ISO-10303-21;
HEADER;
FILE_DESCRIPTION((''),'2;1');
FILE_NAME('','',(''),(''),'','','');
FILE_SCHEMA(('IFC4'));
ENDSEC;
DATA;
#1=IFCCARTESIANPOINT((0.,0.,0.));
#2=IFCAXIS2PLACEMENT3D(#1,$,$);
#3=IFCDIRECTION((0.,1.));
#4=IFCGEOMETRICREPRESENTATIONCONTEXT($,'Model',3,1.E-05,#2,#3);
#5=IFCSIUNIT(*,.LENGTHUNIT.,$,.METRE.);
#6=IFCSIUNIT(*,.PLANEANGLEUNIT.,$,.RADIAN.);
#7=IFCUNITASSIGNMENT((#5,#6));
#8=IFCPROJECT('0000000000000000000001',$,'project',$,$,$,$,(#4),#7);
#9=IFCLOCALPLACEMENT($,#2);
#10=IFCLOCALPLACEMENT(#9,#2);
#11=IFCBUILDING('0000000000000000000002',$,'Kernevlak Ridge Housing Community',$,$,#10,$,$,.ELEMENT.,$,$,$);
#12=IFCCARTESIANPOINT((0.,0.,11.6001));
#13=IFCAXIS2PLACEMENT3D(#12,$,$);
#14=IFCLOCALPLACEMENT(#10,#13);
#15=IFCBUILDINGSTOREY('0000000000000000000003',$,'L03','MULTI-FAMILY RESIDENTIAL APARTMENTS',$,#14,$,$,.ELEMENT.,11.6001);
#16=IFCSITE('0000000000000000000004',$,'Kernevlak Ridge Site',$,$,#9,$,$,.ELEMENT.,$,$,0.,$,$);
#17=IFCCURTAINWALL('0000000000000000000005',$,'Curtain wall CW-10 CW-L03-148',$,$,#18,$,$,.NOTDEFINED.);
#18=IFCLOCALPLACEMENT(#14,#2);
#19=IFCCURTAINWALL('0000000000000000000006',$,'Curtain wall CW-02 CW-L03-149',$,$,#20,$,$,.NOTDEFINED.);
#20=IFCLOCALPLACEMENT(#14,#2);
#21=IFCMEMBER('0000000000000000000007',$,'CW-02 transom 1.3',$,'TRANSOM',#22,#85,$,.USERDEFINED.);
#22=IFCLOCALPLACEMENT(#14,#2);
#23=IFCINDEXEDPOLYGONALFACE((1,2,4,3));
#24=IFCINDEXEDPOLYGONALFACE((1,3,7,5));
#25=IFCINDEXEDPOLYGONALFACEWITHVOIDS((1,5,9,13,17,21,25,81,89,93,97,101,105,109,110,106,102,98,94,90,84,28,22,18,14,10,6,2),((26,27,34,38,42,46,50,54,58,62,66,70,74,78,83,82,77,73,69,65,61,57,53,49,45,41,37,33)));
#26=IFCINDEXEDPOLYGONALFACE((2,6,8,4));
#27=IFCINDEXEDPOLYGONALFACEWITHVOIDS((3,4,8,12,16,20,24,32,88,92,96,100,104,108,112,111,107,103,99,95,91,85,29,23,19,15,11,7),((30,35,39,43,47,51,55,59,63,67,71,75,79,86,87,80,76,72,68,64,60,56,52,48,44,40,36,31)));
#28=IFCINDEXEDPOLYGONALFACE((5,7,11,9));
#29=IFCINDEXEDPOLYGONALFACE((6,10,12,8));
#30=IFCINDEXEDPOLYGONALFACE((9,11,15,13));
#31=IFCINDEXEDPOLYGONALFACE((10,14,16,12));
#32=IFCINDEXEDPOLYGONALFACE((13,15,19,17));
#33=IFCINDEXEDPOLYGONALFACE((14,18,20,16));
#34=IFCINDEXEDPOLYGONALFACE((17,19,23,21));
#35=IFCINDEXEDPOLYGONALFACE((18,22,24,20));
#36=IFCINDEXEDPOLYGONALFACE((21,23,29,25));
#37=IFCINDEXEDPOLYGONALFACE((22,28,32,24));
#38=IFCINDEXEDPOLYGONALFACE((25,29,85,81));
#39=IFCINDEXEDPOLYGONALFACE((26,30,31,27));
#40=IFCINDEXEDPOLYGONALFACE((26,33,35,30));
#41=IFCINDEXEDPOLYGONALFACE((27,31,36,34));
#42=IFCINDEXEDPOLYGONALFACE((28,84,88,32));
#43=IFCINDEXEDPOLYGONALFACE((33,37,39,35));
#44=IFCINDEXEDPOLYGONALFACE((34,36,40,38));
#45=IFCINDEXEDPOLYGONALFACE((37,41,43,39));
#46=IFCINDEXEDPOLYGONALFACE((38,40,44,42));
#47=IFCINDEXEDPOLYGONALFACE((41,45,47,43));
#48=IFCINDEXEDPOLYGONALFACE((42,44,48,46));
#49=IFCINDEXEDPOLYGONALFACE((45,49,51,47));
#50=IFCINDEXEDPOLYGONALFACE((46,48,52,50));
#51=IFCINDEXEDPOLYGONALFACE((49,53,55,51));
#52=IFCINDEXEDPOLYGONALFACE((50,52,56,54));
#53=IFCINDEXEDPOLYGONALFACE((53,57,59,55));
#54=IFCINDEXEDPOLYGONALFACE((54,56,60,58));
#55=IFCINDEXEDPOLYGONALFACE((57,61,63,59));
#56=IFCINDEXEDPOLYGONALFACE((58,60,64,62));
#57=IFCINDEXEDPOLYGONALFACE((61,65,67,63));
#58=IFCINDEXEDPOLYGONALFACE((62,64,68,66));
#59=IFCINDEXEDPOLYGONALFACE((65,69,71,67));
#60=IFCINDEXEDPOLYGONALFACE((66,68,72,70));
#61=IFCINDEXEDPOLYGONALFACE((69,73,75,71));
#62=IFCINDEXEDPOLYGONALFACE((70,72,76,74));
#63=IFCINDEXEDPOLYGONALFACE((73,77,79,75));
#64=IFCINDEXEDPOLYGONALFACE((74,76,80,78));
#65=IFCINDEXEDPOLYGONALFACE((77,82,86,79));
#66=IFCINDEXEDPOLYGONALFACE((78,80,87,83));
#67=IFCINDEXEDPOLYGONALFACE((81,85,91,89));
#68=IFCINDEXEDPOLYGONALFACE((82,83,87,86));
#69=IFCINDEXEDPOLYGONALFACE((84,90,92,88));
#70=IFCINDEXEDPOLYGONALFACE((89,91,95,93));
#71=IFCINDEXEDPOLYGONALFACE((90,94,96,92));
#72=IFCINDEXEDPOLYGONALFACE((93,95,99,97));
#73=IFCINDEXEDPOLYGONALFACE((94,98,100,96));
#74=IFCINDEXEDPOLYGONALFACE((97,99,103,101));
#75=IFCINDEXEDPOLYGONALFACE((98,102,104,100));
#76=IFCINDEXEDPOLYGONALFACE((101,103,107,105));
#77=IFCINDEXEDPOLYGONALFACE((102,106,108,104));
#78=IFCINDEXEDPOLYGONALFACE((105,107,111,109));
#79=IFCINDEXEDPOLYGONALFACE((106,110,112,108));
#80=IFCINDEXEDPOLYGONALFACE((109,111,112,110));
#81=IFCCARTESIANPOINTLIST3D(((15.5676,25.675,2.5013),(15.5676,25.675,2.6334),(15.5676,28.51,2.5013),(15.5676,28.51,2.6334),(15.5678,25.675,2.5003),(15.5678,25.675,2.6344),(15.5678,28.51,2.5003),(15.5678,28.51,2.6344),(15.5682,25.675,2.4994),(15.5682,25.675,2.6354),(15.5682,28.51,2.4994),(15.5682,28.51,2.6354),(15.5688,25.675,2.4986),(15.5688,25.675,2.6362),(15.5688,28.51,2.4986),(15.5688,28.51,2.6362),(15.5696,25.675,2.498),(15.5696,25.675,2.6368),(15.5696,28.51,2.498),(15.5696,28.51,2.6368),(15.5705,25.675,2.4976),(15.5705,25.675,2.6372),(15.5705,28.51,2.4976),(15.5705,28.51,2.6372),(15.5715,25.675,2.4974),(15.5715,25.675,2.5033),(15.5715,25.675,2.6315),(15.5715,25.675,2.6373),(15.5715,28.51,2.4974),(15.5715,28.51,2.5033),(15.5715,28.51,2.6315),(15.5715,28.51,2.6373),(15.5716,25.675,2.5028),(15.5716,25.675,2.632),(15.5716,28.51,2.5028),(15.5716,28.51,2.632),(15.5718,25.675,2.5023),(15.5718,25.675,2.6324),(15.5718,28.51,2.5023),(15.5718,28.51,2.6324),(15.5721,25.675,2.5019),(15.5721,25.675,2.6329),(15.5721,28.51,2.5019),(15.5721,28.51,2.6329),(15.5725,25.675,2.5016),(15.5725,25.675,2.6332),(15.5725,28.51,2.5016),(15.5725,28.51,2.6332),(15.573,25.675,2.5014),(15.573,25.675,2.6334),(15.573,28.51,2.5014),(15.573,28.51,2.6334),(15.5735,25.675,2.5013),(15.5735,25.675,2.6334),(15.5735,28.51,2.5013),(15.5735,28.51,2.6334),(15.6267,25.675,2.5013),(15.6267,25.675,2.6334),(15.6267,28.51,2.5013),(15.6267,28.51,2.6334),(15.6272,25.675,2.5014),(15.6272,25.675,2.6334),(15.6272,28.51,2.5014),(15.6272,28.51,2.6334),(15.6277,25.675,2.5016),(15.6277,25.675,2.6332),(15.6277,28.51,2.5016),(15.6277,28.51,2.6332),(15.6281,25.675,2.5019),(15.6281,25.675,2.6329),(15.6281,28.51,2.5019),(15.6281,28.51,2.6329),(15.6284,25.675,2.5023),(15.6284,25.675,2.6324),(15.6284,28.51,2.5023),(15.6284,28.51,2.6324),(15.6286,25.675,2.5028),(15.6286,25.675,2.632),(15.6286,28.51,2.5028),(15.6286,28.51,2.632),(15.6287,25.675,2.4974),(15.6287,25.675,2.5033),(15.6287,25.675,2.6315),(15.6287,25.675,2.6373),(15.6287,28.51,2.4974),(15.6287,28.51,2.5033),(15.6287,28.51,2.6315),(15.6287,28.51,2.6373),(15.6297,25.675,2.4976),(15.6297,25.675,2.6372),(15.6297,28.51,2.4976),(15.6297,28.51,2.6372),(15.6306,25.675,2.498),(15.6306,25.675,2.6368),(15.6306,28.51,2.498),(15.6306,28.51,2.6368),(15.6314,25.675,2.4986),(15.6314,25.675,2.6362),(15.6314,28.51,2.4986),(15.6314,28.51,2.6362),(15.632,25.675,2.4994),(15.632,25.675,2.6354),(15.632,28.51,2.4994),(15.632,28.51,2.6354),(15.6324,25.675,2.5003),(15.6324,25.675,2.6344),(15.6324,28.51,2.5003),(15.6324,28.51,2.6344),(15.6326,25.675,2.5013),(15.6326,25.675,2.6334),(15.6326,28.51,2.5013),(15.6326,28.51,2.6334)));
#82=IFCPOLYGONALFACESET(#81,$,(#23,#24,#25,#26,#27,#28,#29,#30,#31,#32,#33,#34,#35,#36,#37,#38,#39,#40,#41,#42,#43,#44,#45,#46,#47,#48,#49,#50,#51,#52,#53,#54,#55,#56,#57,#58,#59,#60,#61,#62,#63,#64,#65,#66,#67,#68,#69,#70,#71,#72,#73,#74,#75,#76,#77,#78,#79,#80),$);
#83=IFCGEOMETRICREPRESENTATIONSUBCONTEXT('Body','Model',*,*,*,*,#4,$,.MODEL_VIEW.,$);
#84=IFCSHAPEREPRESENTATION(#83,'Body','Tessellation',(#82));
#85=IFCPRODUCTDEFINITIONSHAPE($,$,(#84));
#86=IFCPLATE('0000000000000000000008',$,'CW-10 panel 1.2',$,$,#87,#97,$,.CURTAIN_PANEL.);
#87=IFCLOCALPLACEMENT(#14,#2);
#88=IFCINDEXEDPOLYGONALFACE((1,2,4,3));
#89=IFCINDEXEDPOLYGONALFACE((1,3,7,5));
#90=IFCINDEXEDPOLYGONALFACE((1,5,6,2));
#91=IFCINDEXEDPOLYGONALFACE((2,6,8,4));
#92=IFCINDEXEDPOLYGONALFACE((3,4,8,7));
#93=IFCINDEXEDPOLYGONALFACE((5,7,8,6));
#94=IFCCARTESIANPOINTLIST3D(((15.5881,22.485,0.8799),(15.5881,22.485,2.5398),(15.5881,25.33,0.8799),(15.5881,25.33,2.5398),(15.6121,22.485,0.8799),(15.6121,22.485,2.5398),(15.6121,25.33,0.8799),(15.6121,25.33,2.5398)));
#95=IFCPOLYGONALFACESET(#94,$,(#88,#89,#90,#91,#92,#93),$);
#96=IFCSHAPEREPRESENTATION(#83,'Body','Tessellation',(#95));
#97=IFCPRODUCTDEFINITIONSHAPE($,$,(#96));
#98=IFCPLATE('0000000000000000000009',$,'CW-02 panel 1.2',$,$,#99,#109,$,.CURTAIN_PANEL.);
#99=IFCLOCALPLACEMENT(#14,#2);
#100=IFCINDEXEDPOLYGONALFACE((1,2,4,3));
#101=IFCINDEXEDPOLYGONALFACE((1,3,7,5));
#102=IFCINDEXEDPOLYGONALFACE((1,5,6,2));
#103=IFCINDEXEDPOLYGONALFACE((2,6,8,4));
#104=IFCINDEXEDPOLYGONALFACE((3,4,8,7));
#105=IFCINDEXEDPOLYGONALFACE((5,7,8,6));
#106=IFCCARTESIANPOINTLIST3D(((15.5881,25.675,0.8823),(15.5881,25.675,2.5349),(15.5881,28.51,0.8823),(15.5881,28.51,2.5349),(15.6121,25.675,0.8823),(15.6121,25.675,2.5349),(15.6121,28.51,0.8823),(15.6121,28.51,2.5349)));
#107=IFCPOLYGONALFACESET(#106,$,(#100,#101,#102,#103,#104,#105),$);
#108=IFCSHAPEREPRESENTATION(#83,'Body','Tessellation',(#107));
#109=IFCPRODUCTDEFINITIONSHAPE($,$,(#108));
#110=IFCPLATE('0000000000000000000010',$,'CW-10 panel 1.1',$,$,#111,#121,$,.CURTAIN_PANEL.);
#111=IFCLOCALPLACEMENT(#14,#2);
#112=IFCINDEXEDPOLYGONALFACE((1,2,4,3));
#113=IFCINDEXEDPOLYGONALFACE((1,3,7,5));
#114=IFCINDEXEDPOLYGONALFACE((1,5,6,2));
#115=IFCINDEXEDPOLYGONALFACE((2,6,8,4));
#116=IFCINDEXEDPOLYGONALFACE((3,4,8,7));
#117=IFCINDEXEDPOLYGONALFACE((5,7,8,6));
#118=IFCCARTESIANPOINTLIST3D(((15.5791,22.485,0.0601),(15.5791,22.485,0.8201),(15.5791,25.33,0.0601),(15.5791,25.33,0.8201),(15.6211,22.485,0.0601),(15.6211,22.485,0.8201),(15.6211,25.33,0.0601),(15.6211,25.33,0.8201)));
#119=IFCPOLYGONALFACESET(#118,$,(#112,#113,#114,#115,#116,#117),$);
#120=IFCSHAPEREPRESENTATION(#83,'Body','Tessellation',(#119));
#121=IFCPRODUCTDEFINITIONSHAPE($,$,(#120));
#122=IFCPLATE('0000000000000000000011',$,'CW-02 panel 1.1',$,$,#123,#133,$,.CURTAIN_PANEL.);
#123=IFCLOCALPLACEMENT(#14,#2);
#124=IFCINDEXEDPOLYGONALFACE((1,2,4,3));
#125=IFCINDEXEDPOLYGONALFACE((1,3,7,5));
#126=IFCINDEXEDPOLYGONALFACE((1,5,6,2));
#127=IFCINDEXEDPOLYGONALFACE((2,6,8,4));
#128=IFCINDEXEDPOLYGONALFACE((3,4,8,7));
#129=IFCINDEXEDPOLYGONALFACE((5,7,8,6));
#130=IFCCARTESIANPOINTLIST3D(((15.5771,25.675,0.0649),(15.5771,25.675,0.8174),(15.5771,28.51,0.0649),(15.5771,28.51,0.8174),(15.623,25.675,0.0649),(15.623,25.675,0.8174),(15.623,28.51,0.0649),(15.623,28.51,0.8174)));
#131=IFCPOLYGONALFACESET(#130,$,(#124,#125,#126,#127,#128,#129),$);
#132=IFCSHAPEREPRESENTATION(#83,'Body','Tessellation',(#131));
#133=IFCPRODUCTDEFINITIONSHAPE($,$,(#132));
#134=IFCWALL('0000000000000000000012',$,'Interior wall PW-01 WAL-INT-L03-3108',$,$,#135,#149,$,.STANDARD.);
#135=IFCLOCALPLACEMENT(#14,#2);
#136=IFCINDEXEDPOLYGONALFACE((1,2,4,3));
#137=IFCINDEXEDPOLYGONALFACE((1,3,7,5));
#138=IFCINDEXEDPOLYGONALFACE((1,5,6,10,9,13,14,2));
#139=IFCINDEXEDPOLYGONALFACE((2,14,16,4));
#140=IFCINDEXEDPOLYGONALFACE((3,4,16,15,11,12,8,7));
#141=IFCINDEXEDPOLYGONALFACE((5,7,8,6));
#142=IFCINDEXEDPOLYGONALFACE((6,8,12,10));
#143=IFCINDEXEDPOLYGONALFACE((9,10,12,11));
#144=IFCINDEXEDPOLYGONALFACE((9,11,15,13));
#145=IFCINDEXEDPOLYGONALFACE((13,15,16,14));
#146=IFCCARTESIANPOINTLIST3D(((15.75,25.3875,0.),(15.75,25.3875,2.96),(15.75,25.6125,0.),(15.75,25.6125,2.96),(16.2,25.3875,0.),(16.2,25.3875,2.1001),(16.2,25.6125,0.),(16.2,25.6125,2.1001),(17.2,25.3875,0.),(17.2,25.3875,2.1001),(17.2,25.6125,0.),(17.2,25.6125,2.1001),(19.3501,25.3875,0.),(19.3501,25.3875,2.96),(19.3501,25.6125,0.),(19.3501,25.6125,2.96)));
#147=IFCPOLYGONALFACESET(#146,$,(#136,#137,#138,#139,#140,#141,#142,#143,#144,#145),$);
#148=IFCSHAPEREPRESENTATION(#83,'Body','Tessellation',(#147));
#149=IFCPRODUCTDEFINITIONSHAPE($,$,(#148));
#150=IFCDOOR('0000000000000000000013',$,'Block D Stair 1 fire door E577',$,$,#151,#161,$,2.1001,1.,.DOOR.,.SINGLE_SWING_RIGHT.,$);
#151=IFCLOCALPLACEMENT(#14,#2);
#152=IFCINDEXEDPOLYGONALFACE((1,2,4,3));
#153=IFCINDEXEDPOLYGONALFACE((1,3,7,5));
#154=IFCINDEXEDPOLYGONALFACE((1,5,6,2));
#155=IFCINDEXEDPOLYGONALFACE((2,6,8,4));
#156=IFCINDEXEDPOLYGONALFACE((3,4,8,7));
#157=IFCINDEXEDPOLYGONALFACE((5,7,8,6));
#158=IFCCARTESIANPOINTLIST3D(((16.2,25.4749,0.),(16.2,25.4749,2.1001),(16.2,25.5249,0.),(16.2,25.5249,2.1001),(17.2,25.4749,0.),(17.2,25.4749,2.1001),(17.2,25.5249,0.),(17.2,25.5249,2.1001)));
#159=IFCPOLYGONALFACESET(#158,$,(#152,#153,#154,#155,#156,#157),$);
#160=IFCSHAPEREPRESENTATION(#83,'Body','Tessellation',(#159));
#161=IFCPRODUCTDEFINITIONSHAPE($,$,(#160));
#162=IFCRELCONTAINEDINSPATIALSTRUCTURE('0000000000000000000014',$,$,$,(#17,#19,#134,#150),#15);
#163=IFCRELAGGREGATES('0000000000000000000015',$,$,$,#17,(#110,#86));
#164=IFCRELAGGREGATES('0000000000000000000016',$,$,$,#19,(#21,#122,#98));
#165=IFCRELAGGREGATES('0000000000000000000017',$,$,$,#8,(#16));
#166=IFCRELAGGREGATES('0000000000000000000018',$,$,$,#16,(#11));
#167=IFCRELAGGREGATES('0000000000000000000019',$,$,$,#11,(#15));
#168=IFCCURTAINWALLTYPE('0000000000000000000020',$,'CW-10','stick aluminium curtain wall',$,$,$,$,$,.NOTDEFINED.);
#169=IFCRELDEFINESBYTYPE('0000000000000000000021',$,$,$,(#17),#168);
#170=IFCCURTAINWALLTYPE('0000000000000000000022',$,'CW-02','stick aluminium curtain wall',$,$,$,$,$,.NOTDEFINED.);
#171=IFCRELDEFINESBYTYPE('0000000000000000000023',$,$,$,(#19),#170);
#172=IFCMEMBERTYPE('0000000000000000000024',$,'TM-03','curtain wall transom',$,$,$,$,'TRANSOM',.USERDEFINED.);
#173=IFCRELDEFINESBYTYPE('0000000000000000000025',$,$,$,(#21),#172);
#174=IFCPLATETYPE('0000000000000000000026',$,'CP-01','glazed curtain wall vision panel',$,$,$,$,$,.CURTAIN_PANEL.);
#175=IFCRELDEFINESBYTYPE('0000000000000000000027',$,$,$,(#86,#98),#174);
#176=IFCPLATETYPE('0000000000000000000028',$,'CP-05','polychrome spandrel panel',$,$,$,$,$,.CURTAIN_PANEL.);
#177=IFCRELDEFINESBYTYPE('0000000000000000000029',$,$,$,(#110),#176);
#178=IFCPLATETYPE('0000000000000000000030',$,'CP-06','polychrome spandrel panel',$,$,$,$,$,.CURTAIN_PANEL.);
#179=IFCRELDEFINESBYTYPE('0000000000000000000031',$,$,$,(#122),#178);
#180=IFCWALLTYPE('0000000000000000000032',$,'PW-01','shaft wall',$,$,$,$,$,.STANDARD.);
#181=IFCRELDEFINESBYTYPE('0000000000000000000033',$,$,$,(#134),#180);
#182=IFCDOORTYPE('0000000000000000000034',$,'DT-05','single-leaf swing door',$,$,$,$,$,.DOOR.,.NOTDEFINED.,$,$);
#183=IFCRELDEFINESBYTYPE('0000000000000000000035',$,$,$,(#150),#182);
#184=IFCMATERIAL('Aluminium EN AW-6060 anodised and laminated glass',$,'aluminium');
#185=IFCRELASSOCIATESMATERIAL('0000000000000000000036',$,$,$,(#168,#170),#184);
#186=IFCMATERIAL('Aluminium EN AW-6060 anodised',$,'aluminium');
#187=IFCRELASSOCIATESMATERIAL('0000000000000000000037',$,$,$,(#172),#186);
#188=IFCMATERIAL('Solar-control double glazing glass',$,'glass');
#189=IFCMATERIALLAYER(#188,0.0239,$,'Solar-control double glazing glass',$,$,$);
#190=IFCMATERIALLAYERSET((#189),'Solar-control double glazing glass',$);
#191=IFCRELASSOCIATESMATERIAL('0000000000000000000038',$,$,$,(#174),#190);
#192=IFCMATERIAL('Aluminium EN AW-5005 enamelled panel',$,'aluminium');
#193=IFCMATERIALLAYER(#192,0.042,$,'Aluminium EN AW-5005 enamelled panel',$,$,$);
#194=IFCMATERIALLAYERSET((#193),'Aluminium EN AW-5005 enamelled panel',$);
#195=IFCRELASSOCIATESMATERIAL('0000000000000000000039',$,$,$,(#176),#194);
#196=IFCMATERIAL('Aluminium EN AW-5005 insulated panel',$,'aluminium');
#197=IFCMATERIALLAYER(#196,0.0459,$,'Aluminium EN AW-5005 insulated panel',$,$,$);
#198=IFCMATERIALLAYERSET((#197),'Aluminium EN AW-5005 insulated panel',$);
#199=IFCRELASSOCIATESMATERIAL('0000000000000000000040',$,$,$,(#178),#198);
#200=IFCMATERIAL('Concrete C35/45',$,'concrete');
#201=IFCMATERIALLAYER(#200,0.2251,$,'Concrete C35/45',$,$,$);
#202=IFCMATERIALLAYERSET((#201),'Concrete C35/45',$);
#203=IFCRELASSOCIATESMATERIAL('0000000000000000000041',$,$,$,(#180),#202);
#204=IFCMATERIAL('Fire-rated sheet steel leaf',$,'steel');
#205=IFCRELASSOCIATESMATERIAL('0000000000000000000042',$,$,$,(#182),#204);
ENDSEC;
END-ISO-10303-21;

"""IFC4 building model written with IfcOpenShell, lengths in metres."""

from ifc_helpers import new_model, si_unit, direction, frame, frame_2d, origin, origin_2d, place, context, subcontext, project, spatial, rectangle, hollow_rectangle, extrude, material, layer, layer_set, material_profile, profile_set, type_object, element, fill, aggregate, save


model = new_model("IFC4")

# Units and contexts
model_context = context("Model", 3, precision=1e-05, world=origin(), true_north=direction((0.0, 1.0)))
body_context = subcontext(model_context, "Body", "Model", "MODEL_VIEW")
ifc_project = project(units=[si_unit("LENGTHUNIT", "METRE"), si_unit("PLANEANGLEUNIT", "RADIAN")], contexts=[model_context])

# Site, building, storey
site_placement = place(None, origin())
site = spatial("IfcSite", under=ifc_project, at=site_placement, Name="Kernevlak Ridge Site", CompositionType="ELEMENT", RefElevation=0.0)
building_placement = place(site_placement, origin())
building = spatial("IfcBuilding", under=site, at=building_placement, Name="Kernevlak Ridge Housing Community", CompositionType="ELEMENT")
storey_placement = place(building_placement, frame((0.0, 0.0, 11.6001)))
storey = spatial("IfcBuildingStorey", under=building, at=storey_placement, Name="L03", Description="MULTI-FAMILY RESIDENTIAL APARTMENTS", CompositionType="ELEMENT", Elevation=11.6001)

# Shared definitions
ifc_material_1 = material(Name="Concrete C35/45", Category="concrete")

# Curtain wall
ifc_material_2 = material(Name="Aluminium EN AW-6060 anodised and laminated glass", Category="aluminium")
curtain_wall_type_1 = type_object("IfcCurtainWallType", Name="CW-10", Description="stick aluminium curtain wall", PredefinedType="NOTDEFINED", material=ifc_material_2)
curtain_wall_1_placement = place(storey_placement, origin())
curtain_wall_1 = element("IfcCurtainWall", 1, at=curtain_wall_1_placement, inside=storey, type_object=curtain_wall_type_1, Name="Curtain wall CW-10 CW-L03-148", PredefinedType="NOTDEFINED")
ifc_material_3 = material(Name="Aluminium EN AW-6060 anodised", Category="aluminium")

# Curtain wall
curtain_wall_type_2 = type_object("IfcCurtainWallType", Name="CW-02", Description="stick aluminium curtain wall", PredefinedType="NOTDEFINED", material=ifc_material_2)
curtain_wall_2_placement = place(storey_placement, origin())
curtain_wall_2 = element("IfcCurtainWall", 2, at=curtain_wall_2_placement, inside=storey, type_object=curtain_wall_type_2, Name="Curtain wall CW-02 CW-L03-149", PredefinedType="NOTDEFINED")

# Member
ifc_material_profile_1 = material_profile(ifc_material_3, hollow_rectangle(XDim=0.0649, YDim=0.1399, WallThickness=0.0039, InnerFilletRadius=0.002, OuterFilletRadius=0.0039, at=origin_2d()), Name="ALU 65x140x4")
ifc_profile_set_1 = profile_set([ifc_material_profile_1], Name="Aluminium EN AW-6060 anodised")
member_type_1 = type_object("IfcMemberType", Name="TM-03", Description="curtain wall transom", ElementType="TRANSOM", PredefinedType="USERDEFINED", material=ifc_profile_set_1)
member_1_placement = place(storey_placement, frame((15.6001, 25.675, 2.5674), z_axis=(0.0, 1.0, 0.0), x_axis=(-1.0, 0.0, 0.0)))
member_1 = element("IfcMember", 3, at=member_1_placement, type_object=member_type_1, Name="CW-02 transom 1.3", ObjectType="TRANSOM", PredefinedType="USERDEFINED", context=body_context, shape_type="SweptSolid", body=[
    extrude(hollow_rectangle(XDim=0.0649, YDim=0.1399, WallThickness=0.0039, InnerFilletRadius=0.002, OuterFilletRadius=0.0039, at=origin_2d()), origin(), (0.0, 0.0, 1.0), 2.835),
])

# Plates
ifc_material_4 = material(Name="Solar-control double glazing glass", Category="glass")
ifc_layer_1 = layer(ifc_material_4, 0.0239, Name="Solar-control double glazing glass")
ifc_layer_set_1 = layer_set([ifc_layer_1], Name="Solar-control double glazing glass")
plate_type_1 = type_object("IfcPlateType", Name="CP-01", Description="glazed curtain wall vision panel", PredefinedType="CURTAIN_PANEL", material=ifc_layer_set_1)
plate_1_placement = place(storey_placement, frame((15.6001, 23.9075, 0.8799), z_axis=(0.0, 0.0, 1.0), x_axis=(0.0, 1.0, 0.0)))
plate_1 = element("IfcPlate", 4, at=plate_1_placement, type_object=plate_type_1, Name="CW-10 panel 1.2", PredefinedType="CURTAIN_PANEL", context=body_context, shape_type="SweptSolid", body=[
    extrude(rectangle(XDim=2.845, YDim=0.0239, at=origin_2d()), origin(), (0.0, 0.0, 1.0), 1.6599),
])
plate_2_placement = place(storey_placement, frame((15.6001, 27.0925, 0.8823), z_axis=(0.0, 0.0, 1.0), x_axis=(0.0, 1.0, 0.0)))
plate_2 = element("IfcPlate", 5, at=plate_2_placement, type_object=plate_type_1, Name="CW-02 panel 1.2", PredefinedType="CURTAIN_PANEL", context=body_context, shape_type="SweptSolid", body=[
    extrude(rectangle(XDim=2.835, YDim=0.0239, at=origin_2d()), origin(), (0.0, 0.0, 1.0), 1.6526),
])
ifc_material_5 = material(Name="Aluminium EN AW-5005 enamelled panel", Category="aluminium")
ifc_layer_2 = layer(ifc_material_5, 0.042, Name="Aluminium EN AW-5005 enamelled panel")
ifc_layer_set_2 = layer_set([ifc_layer_2], Name="Aluminium EN AW-5005 enamelled panel")
plate_type_2 = type_object("IfcPlateType", Name="CP-05", Description="polychrome spandrel panel", PredefinedType="CURTAIN_PANEL", material=ifc_layer_set_2)
plate_3_placement = place(storey_placement, frame((15.6001, 23.9075, 0.0601), z_axis=(0.0, 0.0, 1.0), x_axis=(0.0, 1.0, 0.0)))
plate_3 = element("IfcPlate", 6, at=plate_3_placement, type_object=plate_type_2, Name="CW-10 panel 1.1", PredefinedType="CURTAIN_PANEL", context=body_context, shape_type="SweptSolid", body=[
    extrude(rectangle(XDim=2.845, YDim=0.042, at=origin_2d()), origin(), (0.0, 0.0, 1.0), 0.76),
])
aggregate(curtain_wall_1, [plate_3, plate_1])
ifc_material_6 = material(Name="Aluminium EN AW-5005 insulated panel", Category="aluminium")
ifc_layer_3 = layer(ifc_material_6, 0.0459, Name="Aluminium EN AW-5005 insulated panel")
ifc_layer_set_3 = layer_set([ifc_layer_3], Name="Aluminium EN AW-5005 insulated panel")
plate_type_3 = type_object("IfcPlateType", Name="CP-06", Description="polychrome spandrel panel", PredefinedType="CURTAIN_PANEL", material=ifc_layer_set_3)
plate_4_placement = place(storey_placement, frame((15.6001, 27.0925, 0.0649), z_axis=(0.0, 0.0, 1.0), x_axis=(0.0, 1.0, 0.0)))
plate_4 = element("IfcPlate", 7, at=plate_4_placement, type_object=plate_type_3, Name="CW-02 panel 1.1", PredefinedType="CURTAIN_PANEL", context=body_context, shape_type="SweptSolid", body=[
    extrude(rectangle(XDim=2.835, YDim=0.0459, at=origin_2d()), origin(), (0.0, 0.0, 1.0), 0.7524),
])
aggregate(curtain_wall_2, [member_1, plate_4, plate_2])

# Wall, opening, door
ifc_layer_4 = layer(ifc_material_1, 0.2251, Name="Concrete C35/45")
ifc_layer_set_4 = layer_set([ifc_layer_4], Name="Concrete C35/45")
wall_type_1 = type_object("IfcWallType", Name="PW-01", Description="shaft wall", PredefinedType="STANDARD", material=ifc_layer_set_4)
wall_1_placement = place(storey_placement, frame((15.75, 25.5, 0.0), z_axis=(0.0, 0.0, 1.0), x_axis=(1.0, 0.0, 0.0)))
wall_1 = element("IfcWall", 8, at=wall_1_placement, inside=storey, type_object=wall_type_1, Name="Interior wall PW-01 WAL-INT-L03-3108", PredefinedType="STANDARD", context=body_context, shape_type="SweptSolid", body=[
    extrude(rectangle(XDim=3.6001, YDim=0.2251, at=frame_2d((1.8, 0.0))), origin(), (0.0, 0.0, 1.0), 2.96),
])
opening_1_placement = place(wall_1_placement, frame((0.45, 0.0, 0.0)))
opening_1 = element("IfcOpeningElement", 9, at=opening_1_placement, cuts=wall_1, PredefinedType="OPENING", context=body_context, shape_type="SweptSolid", body=[
    extrude(rectangle(XDim=1.0, YDim=2.1001, at=frame_2d((0.5, 1.05))), frame((0.0, 0.1226, 0.0), z_axis=(0.0, -1.0, 0.0), x_axis=(1.0, 0.0, 0.0)), (0.0, 0.0, 1.0), 0.2451),
])
ifc_material_7 = material(Name="Fire-rated sheet steel leaf", Category="steel")
door_type_1 = type_object("IfcDoorType", Name="DT-05", Description="single-leaf swing door", OperationType="NOTDEFINED", PredefinedType="DOOR", material=ifc_material_7)
door_1_placement = place(opening_1_placement, origin())
door_1 = element("IfcDoor", 10, at=door_1_placement, inside=storey, type_object=door_type_1, Name="Block D Stair 1 fire door E577", OperationType="SINGLE_SWING_RIGHT", OverallHeight=2.1001, OverallWidth=1.0, PredefinedType="DOOR", context=body_context, shape_type="SweptSolid", body=[
    extrude(rectangle(XDim=1.0, YDim=2.1001, at=frame_2d((0.5, 1.05))), frame((0.0, 0.0249, 0.0), z_axis=(0.0, -1.0, 0.0), x_axis=(1.0, 0.0, 0.0)), (0.0, 0.0, 1.0), 0.05),
])
fill(opening_1, door_1)

save(model, "model.ifc")
